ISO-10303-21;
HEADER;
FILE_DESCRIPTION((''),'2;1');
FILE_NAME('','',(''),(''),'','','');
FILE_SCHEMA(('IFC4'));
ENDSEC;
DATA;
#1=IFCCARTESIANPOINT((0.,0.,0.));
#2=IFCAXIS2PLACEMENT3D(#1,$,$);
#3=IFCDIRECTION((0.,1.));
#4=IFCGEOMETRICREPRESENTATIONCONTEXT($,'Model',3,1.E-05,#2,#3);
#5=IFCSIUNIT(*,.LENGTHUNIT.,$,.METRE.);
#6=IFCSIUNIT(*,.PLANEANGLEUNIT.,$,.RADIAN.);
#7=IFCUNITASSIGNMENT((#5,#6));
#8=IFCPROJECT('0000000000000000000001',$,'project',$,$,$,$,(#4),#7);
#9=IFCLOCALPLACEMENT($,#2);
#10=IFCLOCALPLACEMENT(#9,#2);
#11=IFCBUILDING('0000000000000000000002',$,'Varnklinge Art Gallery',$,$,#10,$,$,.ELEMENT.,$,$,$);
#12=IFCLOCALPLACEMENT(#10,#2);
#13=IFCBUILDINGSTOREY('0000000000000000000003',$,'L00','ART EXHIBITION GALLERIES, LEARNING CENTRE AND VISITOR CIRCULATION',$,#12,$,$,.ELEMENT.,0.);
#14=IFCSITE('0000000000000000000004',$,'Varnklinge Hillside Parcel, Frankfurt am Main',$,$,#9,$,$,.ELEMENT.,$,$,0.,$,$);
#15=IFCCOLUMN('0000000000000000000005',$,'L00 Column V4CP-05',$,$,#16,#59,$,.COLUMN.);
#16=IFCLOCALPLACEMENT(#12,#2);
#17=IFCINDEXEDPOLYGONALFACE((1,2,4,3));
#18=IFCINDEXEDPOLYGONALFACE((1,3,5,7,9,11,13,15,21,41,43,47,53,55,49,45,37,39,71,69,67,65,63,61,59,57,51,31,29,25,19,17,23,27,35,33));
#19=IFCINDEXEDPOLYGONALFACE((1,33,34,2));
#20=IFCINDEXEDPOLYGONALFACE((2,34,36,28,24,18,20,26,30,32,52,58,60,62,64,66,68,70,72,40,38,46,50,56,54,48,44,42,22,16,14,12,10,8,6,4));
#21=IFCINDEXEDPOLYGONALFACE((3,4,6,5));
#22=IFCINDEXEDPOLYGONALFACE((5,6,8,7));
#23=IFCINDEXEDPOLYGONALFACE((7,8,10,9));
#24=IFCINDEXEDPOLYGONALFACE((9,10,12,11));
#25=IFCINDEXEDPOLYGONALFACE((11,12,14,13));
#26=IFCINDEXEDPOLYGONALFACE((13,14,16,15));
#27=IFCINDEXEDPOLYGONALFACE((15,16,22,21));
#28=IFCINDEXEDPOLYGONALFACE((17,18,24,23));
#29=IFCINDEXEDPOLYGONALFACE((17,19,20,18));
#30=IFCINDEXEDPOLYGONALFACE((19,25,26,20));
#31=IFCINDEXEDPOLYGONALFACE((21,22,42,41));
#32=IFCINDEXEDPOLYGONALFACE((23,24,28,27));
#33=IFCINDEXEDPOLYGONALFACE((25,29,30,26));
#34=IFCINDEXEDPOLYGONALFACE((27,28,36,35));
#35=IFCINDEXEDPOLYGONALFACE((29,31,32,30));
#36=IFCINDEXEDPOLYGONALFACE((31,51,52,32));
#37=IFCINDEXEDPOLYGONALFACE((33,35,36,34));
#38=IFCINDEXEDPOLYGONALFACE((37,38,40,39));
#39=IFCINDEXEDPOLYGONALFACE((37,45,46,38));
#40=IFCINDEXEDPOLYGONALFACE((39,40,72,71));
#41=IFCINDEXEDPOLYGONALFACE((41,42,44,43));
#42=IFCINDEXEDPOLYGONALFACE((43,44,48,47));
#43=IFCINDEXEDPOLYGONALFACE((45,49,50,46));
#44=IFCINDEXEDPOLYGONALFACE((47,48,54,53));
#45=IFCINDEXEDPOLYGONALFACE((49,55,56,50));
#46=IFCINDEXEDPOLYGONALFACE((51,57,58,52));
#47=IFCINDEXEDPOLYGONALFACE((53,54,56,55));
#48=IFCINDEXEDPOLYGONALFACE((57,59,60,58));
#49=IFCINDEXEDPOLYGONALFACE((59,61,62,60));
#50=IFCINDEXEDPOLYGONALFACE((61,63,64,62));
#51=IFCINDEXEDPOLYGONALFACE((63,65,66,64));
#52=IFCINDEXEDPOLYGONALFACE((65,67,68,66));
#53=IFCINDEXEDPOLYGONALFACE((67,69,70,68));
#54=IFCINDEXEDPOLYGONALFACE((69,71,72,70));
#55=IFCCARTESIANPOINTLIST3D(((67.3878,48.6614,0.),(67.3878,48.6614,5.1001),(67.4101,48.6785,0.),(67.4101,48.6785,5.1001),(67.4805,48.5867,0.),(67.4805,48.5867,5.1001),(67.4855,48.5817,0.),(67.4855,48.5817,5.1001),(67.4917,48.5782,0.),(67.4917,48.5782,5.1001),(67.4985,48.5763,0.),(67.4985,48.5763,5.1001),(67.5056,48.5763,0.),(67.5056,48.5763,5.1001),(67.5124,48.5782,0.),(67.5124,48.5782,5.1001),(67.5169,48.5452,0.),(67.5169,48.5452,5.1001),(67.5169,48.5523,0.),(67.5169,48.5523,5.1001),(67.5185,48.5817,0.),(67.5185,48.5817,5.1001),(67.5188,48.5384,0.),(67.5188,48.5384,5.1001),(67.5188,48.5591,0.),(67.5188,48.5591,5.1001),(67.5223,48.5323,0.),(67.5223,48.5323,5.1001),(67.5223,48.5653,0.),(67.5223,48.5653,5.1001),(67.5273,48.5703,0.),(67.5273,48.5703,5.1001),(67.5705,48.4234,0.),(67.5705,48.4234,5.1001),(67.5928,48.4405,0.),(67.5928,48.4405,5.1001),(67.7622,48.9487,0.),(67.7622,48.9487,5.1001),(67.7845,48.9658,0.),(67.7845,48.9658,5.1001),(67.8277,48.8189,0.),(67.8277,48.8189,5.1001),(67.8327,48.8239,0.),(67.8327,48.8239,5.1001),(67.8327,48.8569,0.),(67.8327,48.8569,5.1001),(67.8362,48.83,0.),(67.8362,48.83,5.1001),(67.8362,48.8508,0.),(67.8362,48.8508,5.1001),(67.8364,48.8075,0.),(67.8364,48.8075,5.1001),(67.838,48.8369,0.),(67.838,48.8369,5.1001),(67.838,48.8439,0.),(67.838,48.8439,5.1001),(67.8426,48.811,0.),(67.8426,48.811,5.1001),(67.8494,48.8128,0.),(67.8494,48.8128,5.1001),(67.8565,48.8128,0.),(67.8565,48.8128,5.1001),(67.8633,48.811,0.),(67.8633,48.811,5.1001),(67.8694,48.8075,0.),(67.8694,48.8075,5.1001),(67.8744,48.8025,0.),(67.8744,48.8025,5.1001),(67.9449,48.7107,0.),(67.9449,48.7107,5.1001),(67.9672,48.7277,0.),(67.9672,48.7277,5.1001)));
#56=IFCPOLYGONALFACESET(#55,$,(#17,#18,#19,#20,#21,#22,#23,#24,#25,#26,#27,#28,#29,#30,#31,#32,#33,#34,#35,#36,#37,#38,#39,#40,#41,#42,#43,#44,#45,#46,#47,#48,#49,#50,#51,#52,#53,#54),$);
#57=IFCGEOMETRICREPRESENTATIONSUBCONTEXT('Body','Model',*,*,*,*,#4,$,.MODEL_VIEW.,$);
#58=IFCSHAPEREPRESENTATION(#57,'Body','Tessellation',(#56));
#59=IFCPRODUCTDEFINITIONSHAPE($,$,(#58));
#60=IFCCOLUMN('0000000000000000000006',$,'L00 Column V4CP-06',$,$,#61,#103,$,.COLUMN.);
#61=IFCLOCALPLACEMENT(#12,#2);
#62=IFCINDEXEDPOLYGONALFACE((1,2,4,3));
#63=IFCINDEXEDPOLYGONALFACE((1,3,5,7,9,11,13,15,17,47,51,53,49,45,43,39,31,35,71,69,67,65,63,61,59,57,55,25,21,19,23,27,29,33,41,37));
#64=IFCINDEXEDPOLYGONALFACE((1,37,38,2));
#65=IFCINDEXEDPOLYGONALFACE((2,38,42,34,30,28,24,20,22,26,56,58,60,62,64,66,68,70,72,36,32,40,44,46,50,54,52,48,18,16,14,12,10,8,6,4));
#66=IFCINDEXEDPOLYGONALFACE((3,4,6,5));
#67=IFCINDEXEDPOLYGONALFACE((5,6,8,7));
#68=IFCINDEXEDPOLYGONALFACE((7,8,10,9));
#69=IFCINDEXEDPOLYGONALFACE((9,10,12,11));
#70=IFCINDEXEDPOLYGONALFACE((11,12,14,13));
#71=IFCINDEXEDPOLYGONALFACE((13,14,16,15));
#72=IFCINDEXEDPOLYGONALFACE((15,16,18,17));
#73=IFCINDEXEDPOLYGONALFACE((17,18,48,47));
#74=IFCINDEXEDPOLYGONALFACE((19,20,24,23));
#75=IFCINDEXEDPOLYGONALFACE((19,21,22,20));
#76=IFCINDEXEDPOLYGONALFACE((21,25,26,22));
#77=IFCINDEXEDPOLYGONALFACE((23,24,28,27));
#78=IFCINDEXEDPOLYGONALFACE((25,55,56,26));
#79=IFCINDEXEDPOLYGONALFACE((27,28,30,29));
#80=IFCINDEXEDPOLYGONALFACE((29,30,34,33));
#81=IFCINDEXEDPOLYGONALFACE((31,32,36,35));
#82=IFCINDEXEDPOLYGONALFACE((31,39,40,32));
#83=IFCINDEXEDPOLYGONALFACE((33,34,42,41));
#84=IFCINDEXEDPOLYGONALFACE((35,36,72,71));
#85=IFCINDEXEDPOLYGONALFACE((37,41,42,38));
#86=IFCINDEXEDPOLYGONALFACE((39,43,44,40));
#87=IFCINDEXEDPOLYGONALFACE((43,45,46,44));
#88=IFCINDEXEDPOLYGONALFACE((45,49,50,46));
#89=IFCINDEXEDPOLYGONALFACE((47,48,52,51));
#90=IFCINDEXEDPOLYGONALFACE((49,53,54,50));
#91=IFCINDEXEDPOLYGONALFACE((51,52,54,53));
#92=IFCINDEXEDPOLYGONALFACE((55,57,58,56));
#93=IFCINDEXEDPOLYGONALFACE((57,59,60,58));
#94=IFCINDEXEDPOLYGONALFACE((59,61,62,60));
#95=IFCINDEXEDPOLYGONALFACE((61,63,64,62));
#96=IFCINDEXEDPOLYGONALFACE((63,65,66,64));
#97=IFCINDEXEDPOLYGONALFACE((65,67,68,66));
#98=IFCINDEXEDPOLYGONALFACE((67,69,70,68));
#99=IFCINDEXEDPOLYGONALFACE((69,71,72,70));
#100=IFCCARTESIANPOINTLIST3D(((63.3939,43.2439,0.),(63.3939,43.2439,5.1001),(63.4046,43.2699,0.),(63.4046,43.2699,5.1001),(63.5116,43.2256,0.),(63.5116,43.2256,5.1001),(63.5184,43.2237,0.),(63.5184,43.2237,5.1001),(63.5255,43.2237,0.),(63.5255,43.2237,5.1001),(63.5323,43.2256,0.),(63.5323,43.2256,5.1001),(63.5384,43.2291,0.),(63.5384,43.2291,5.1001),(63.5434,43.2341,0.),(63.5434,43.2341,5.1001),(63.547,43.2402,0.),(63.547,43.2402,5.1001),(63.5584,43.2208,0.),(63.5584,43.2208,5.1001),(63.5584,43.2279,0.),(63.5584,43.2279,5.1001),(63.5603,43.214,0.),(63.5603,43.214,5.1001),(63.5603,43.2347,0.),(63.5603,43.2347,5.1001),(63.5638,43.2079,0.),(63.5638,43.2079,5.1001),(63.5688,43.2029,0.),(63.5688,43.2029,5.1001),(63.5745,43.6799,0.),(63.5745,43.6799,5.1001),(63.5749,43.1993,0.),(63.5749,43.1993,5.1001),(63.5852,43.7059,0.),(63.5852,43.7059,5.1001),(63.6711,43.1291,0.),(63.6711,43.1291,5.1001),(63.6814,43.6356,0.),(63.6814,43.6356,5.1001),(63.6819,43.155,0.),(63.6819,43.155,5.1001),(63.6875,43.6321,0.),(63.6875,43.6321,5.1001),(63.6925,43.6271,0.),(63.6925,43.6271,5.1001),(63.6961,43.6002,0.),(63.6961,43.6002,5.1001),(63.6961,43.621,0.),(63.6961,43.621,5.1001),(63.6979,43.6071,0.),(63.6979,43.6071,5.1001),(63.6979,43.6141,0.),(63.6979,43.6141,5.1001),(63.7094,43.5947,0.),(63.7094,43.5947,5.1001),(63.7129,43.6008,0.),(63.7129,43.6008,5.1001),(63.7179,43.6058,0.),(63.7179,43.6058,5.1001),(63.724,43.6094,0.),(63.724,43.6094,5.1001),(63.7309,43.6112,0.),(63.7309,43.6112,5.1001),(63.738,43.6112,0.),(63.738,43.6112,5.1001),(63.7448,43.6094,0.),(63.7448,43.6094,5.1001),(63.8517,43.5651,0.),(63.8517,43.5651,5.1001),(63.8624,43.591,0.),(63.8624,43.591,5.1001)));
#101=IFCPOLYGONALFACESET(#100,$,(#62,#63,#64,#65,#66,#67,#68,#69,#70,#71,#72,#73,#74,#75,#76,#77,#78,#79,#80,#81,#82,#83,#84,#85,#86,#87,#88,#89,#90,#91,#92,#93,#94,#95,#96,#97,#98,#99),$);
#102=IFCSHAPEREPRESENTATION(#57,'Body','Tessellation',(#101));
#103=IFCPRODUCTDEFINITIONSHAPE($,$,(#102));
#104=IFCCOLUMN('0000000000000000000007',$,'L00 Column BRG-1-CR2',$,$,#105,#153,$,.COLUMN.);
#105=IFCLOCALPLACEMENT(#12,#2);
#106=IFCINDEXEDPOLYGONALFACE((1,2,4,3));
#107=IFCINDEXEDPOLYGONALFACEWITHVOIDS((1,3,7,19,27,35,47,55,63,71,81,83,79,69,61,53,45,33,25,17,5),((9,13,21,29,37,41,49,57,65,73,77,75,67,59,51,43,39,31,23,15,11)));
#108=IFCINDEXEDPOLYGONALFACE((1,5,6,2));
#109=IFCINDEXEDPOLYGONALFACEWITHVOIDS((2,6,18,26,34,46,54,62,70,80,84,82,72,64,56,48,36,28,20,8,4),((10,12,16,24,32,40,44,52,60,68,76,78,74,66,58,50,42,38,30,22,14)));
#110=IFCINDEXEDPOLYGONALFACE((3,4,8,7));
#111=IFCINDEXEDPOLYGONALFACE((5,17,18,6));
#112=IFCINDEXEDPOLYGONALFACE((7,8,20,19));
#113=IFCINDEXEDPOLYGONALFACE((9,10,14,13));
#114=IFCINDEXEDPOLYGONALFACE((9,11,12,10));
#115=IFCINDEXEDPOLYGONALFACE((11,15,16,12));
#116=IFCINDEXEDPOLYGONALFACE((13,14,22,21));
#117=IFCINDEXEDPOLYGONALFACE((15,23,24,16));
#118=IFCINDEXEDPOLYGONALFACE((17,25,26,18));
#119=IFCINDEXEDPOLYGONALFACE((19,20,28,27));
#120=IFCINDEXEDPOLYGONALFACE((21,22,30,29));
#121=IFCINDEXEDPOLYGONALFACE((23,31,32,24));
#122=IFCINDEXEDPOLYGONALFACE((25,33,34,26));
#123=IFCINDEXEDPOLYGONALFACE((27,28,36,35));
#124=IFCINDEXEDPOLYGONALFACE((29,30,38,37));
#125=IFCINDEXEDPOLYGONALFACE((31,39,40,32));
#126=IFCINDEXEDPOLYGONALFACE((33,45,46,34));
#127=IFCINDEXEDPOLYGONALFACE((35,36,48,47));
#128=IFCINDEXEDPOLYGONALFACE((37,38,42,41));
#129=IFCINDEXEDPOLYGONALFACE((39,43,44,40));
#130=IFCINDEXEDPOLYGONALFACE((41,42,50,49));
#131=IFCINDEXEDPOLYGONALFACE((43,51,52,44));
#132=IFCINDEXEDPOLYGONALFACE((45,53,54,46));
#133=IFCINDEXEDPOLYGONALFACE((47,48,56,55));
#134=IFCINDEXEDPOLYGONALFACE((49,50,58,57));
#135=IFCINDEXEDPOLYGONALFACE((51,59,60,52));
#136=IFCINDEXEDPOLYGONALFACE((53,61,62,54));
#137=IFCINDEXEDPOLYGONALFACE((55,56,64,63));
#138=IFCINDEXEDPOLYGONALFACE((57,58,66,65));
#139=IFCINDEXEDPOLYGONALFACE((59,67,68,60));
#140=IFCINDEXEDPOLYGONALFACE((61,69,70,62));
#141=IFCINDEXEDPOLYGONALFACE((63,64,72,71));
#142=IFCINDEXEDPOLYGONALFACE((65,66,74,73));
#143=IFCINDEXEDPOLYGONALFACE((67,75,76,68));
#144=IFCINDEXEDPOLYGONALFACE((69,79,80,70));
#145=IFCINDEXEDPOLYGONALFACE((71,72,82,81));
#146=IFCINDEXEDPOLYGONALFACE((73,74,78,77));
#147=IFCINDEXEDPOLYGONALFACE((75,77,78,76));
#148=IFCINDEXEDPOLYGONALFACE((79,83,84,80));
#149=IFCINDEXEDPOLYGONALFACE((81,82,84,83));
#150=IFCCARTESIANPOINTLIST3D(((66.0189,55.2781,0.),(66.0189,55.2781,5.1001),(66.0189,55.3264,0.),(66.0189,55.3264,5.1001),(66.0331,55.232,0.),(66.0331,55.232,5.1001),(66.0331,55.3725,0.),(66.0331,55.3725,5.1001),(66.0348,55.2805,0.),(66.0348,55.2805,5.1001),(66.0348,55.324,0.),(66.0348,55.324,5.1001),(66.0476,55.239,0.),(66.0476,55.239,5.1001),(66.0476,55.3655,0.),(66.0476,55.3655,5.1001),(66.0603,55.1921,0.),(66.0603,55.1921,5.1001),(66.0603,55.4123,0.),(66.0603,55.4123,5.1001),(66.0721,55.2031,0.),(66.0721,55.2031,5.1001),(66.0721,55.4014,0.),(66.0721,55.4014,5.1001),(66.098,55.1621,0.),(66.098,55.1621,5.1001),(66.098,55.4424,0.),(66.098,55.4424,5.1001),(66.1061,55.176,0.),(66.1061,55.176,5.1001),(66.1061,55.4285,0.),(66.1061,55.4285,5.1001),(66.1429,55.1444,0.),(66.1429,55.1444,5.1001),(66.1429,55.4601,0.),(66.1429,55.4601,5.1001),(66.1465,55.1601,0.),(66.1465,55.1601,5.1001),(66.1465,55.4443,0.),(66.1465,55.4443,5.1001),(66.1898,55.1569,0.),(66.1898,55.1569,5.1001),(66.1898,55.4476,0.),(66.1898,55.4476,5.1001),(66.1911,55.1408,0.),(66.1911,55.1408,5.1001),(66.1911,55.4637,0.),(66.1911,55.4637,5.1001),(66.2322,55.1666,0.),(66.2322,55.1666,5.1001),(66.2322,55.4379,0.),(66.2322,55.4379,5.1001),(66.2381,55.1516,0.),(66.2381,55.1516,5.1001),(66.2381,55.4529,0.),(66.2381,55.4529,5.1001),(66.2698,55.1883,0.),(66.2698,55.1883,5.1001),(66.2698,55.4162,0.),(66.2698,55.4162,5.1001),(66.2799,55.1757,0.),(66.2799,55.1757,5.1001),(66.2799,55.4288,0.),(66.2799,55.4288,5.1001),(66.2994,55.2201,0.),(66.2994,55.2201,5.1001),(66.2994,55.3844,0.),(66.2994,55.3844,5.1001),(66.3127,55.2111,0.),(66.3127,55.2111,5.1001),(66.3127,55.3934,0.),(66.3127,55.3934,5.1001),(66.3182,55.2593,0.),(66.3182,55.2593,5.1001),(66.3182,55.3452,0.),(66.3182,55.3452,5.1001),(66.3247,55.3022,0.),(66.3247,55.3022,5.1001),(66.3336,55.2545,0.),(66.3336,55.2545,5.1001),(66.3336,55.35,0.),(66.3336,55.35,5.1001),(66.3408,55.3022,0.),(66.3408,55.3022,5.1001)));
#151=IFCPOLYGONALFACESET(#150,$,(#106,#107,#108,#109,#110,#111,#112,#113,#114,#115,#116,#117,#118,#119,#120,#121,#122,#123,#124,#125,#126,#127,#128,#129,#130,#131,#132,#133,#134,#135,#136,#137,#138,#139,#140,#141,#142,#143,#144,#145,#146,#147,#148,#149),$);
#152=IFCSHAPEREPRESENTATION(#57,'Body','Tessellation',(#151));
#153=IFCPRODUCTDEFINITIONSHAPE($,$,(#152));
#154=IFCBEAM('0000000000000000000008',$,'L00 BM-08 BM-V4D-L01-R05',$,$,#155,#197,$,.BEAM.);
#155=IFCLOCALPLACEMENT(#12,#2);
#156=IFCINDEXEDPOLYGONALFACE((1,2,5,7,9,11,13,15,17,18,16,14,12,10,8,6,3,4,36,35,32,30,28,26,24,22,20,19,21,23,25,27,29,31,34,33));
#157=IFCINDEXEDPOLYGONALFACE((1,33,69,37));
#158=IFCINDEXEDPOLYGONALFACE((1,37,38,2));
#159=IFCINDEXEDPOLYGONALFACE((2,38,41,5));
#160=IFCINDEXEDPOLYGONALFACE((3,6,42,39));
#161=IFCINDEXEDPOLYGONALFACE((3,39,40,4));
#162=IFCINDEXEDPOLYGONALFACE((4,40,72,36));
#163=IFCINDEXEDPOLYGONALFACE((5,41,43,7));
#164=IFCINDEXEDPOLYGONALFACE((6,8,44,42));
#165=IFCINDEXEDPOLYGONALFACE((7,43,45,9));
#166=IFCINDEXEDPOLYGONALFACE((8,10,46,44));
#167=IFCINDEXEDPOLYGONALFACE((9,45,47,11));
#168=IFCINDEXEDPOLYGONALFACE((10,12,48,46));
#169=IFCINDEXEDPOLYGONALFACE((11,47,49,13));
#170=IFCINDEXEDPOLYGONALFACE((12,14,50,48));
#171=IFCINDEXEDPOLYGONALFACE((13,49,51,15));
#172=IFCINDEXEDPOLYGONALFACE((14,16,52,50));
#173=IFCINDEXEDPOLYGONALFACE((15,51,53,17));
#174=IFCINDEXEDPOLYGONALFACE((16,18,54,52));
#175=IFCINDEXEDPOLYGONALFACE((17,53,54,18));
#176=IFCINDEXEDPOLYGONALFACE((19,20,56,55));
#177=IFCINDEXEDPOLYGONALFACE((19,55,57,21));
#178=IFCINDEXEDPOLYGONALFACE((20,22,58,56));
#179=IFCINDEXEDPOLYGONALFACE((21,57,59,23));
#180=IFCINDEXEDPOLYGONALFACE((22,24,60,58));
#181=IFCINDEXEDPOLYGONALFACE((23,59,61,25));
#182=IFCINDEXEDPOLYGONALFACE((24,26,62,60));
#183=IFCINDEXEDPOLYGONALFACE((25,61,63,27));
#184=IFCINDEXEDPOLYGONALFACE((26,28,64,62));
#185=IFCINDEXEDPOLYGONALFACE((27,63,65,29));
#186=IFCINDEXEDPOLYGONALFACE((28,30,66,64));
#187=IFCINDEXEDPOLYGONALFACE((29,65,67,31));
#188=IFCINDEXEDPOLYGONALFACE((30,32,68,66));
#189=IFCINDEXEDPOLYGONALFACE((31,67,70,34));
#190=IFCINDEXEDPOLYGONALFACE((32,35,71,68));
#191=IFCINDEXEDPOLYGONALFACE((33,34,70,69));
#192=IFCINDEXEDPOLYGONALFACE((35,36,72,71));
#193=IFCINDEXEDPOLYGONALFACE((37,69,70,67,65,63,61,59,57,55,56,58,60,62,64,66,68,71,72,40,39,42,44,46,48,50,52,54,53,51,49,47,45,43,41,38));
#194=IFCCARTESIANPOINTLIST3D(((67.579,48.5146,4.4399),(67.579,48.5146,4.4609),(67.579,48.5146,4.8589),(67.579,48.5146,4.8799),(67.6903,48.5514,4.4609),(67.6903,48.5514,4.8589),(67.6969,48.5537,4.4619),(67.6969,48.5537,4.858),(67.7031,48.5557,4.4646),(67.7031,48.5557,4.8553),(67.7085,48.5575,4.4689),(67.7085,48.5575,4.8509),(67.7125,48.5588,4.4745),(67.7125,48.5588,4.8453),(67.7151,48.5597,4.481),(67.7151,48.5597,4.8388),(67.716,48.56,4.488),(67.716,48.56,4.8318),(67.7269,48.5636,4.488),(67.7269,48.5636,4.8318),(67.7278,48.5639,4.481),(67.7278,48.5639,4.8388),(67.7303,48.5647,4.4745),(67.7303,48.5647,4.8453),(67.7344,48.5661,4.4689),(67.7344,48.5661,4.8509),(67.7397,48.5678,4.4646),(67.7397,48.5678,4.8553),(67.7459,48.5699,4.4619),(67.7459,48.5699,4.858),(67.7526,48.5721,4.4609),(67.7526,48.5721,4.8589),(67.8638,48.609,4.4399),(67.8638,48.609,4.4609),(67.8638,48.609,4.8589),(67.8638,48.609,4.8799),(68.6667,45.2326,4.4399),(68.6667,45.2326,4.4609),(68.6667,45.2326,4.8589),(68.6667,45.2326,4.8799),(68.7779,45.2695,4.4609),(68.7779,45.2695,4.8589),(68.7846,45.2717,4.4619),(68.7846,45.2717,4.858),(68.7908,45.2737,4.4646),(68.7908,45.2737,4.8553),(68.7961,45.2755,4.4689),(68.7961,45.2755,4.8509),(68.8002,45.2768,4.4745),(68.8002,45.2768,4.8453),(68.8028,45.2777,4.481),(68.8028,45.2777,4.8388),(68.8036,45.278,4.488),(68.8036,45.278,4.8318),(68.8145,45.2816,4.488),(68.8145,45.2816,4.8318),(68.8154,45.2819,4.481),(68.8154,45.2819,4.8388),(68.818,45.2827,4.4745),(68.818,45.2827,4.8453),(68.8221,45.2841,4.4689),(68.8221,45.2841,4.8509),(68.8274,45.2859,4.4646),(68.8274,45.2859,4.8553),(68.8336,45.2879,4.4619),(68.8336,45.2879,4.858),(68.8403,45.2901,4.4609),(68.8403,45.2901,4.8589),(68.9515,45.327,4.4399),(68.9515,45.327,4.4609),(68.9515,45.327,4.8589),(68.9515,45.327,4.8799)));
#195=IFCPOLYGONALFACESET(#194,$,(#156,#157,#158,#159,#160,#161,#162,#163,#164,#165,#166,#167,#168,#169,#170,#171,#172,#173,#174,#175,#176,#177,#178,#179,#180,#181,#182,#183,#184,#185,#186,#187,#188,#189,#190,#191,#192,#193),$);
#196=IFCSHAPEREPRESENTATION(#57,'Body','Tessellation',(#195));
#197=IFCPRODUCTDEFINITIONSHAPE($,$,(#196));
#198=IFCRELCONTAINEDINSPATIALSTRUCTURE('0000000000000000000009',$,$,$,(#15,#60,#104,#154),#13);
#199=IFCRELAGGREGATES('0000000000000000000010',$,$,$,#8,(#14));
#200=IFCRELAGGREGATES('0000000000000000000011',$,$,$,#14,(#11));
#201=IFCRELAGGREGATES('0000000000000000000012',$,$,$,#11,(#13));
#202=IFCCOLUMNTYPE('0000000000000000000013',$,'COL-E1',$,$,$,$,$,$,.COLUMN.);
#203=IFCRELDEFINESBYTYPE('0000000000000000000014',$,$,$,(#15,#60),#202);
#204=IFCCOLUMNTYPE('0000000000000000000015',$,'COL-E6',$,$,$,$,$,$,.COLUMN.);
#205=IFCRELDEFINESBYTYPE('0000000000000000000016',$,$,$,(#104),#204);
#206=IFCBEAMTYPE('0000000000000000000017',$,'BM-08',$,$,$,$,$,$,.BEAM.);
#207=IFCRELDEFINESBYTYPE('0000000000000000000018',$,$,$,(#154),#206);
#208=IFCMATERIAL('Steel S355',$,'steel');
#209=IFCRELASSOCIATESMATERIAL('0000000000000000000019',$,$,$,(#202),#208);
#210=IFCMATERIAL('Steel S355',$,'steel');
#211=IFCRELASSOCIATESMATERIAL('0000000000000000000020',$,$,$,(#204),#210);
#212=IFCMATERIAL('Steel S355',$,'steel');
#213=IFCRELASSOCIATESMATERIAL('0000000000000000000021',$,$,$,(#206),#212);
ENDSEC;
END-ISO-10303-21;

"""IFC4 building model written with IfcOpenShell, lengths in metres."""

from ifc_helpers import new_model, si_unit, direction, frame, origin, origin_2d, place, context, subcontext, project, spatial, hollow_circle, i_section, extrude, material, material_profile, profile_set, type_object, element, save


model = new_model("IFC4")

# Units and contexts
model_context = context("Model", 3, precision=1e-05, world=origin(), true_north=direction((0.0, 1.0)))
body_context = subcontext(model_context, "Body", "Model", "MODEL_VIEW")
ifc_project = project(units=[si_unit("LENGTHUNIT", "METRE"), si_unit("PLANEANGLEUNIT", "RADIAN")], contexts=[model_context])

# Site, building, storey
site_placement = place(None, origin())
site = spatial("IfcSite", under=ifc_project, at=site_placement, Name="Varnklinge Hillside Parcel, Frankfurt am Main", CompositionType="ELEMENT", RefElevation=0.0)
building_placement = place(site_placement, origin())
building = spatial("IfcBuilding", under=site, at=building_placement, Name="Varnklinge Art Gallery", CompositionType="ELEMENT")
storey_placement = place(building_placement, origin())
storey = spatial("IfcBuildingStorey", under=building, at=storey_placement, Name="L00", Description="ART EXHIBITION GALLERIES, LEARNING CENTRE AND VISITOR CIRCULATION", CompositionType="ELEMENT", Elevation=0.0)

# Columns
ifc_material_1 = material(Name="Steel S355", Category="steel")
ifc_material_profile_1 = material_profile(ifc_material_1, i_section(OverallWidth=0.3, OverallDepth=0.5, WebThickness=0.0144, FlangeThickness=0.0281, FilletRadius=0.0271, at=origin_2d()), Name="HEB 500")
ifc_profile_set_1 = profile_set([ifc_material_profile_1], Name="Steel S355")
column_type_1 = type_object("IfcColumnType", Name="COL-E1", PredefinedType="COLUMN", material=ifc_profile_set_1)
for number, where, z_axis, x_axis, name in (
    (1, (67.6775, 48.6946, 0.0), (0.0, 0.0, 1.0), (-0.608761, 0.793353, 0.0), "L00 Column V4CP-05"),
    (2, (63.6282, 43.4175, 0.0), (0.0, 0.0, 1.0), (-0.92388, 0.382683, 0.0), "L00 Column V4CP-06"),
):
    element("IfcColumn", number, at=place(storey_placement, frame(where, z_axis=z_axis, x_axis=x_axis)), inside=storey, type_object=column_type_1, Name=name, PredefinedType="COLUMN", context=body_context, shape_type="SweptSolid", body=[
        extrude(i_section(OverallWidth=0.3, OverallDepth=0.5, WebThickness=0.0144, FlangeThickness=0.0281, FilletRadius=0.0271, at=origin_2d()), origin(), (0.0, 0.0, 1.0), 5.1001),
    ])
ifc_material_2 = material(Name="Steel S355", Category="steel")
ifc_material_profile_2 = material_profile(ifc_material_2, hollow_circle(Radius=0.1619, WallThickness=0.0161, at=origin_2d()), Name="CHS 323.9x16")
ifc_profile_set_2 = profile_set([ifc_material_profile_2], Name="Steel S355")
column_type_2 = type_object("IfcColumnType", Name="COL-E6", PredefinedType="COLUMN", material=ifc_profile_set_2)
column_placement = place(storey_placement, frame((66.179, 55.3022, 0.0), z_axis=(0.0, 0.0, 1.0), x_axis=(1.0, 0.0, 0.0)))
element("IfcColumn", 3, at=column_placement, inside=storey, type_object=column_type_2, Name="L00 Column BRG-1-CR2", PredefinedType="COLUMN", context=body_context, shape_type="SweptSolid", body=[
    extrude(hollow_circle(Radius=0.1619, WallThickness=0.0161, at=origin_2d()), origin(), (0.0, 0.0, 1.0), 5.1001),
])

# Beam
ifc_material_3 = material(Name="Steel S355", Category="steel")
ifc_material_profile_3 = material_profile(ifc_material_3, i_section(OverallWidth=0.3, OverallDepth=0.4399, WebThickness=0.0115, FlangeThickness=0.021, FilletRadius=0.0271, at=origin_2d()), Name="HEA 450")
ifc_profile_set_3 = profile_set([ifc_material_profile_3], Name="Steel S355")
beam_type_1 = type_object("IfcBeamType", Name="BM-08", PredefinedType="BEAM", material=ifc_profile_set_3)
beam_1_placement = place(storey_placement, frame((68.8091, 45.2798, 4.6599), z_axis=(-0.314575, 0.949233, 0.0), x_axis=(-0.949233, -0.314575, 0.0)))
element("IfcBeam", 4, at=beam_1_placement, inside=storey, type_object=beam_type_1, Name="L00 BM-08 BM-V4D-L01-R05", PredefinedType="BEAM", context=body_context, shape_type="SweptSolid", body=[
    extrude(i_section(OverallWidth=0.3, OverallDepth=0.4399, WebThickness=0.0115, FlangeThickness=0.021, FilletRadius=0.0271, at=origin_2d()), origin(), (0.0, 0.0, 1.0), 3.4575),
])

save(model, "model.ifc")
